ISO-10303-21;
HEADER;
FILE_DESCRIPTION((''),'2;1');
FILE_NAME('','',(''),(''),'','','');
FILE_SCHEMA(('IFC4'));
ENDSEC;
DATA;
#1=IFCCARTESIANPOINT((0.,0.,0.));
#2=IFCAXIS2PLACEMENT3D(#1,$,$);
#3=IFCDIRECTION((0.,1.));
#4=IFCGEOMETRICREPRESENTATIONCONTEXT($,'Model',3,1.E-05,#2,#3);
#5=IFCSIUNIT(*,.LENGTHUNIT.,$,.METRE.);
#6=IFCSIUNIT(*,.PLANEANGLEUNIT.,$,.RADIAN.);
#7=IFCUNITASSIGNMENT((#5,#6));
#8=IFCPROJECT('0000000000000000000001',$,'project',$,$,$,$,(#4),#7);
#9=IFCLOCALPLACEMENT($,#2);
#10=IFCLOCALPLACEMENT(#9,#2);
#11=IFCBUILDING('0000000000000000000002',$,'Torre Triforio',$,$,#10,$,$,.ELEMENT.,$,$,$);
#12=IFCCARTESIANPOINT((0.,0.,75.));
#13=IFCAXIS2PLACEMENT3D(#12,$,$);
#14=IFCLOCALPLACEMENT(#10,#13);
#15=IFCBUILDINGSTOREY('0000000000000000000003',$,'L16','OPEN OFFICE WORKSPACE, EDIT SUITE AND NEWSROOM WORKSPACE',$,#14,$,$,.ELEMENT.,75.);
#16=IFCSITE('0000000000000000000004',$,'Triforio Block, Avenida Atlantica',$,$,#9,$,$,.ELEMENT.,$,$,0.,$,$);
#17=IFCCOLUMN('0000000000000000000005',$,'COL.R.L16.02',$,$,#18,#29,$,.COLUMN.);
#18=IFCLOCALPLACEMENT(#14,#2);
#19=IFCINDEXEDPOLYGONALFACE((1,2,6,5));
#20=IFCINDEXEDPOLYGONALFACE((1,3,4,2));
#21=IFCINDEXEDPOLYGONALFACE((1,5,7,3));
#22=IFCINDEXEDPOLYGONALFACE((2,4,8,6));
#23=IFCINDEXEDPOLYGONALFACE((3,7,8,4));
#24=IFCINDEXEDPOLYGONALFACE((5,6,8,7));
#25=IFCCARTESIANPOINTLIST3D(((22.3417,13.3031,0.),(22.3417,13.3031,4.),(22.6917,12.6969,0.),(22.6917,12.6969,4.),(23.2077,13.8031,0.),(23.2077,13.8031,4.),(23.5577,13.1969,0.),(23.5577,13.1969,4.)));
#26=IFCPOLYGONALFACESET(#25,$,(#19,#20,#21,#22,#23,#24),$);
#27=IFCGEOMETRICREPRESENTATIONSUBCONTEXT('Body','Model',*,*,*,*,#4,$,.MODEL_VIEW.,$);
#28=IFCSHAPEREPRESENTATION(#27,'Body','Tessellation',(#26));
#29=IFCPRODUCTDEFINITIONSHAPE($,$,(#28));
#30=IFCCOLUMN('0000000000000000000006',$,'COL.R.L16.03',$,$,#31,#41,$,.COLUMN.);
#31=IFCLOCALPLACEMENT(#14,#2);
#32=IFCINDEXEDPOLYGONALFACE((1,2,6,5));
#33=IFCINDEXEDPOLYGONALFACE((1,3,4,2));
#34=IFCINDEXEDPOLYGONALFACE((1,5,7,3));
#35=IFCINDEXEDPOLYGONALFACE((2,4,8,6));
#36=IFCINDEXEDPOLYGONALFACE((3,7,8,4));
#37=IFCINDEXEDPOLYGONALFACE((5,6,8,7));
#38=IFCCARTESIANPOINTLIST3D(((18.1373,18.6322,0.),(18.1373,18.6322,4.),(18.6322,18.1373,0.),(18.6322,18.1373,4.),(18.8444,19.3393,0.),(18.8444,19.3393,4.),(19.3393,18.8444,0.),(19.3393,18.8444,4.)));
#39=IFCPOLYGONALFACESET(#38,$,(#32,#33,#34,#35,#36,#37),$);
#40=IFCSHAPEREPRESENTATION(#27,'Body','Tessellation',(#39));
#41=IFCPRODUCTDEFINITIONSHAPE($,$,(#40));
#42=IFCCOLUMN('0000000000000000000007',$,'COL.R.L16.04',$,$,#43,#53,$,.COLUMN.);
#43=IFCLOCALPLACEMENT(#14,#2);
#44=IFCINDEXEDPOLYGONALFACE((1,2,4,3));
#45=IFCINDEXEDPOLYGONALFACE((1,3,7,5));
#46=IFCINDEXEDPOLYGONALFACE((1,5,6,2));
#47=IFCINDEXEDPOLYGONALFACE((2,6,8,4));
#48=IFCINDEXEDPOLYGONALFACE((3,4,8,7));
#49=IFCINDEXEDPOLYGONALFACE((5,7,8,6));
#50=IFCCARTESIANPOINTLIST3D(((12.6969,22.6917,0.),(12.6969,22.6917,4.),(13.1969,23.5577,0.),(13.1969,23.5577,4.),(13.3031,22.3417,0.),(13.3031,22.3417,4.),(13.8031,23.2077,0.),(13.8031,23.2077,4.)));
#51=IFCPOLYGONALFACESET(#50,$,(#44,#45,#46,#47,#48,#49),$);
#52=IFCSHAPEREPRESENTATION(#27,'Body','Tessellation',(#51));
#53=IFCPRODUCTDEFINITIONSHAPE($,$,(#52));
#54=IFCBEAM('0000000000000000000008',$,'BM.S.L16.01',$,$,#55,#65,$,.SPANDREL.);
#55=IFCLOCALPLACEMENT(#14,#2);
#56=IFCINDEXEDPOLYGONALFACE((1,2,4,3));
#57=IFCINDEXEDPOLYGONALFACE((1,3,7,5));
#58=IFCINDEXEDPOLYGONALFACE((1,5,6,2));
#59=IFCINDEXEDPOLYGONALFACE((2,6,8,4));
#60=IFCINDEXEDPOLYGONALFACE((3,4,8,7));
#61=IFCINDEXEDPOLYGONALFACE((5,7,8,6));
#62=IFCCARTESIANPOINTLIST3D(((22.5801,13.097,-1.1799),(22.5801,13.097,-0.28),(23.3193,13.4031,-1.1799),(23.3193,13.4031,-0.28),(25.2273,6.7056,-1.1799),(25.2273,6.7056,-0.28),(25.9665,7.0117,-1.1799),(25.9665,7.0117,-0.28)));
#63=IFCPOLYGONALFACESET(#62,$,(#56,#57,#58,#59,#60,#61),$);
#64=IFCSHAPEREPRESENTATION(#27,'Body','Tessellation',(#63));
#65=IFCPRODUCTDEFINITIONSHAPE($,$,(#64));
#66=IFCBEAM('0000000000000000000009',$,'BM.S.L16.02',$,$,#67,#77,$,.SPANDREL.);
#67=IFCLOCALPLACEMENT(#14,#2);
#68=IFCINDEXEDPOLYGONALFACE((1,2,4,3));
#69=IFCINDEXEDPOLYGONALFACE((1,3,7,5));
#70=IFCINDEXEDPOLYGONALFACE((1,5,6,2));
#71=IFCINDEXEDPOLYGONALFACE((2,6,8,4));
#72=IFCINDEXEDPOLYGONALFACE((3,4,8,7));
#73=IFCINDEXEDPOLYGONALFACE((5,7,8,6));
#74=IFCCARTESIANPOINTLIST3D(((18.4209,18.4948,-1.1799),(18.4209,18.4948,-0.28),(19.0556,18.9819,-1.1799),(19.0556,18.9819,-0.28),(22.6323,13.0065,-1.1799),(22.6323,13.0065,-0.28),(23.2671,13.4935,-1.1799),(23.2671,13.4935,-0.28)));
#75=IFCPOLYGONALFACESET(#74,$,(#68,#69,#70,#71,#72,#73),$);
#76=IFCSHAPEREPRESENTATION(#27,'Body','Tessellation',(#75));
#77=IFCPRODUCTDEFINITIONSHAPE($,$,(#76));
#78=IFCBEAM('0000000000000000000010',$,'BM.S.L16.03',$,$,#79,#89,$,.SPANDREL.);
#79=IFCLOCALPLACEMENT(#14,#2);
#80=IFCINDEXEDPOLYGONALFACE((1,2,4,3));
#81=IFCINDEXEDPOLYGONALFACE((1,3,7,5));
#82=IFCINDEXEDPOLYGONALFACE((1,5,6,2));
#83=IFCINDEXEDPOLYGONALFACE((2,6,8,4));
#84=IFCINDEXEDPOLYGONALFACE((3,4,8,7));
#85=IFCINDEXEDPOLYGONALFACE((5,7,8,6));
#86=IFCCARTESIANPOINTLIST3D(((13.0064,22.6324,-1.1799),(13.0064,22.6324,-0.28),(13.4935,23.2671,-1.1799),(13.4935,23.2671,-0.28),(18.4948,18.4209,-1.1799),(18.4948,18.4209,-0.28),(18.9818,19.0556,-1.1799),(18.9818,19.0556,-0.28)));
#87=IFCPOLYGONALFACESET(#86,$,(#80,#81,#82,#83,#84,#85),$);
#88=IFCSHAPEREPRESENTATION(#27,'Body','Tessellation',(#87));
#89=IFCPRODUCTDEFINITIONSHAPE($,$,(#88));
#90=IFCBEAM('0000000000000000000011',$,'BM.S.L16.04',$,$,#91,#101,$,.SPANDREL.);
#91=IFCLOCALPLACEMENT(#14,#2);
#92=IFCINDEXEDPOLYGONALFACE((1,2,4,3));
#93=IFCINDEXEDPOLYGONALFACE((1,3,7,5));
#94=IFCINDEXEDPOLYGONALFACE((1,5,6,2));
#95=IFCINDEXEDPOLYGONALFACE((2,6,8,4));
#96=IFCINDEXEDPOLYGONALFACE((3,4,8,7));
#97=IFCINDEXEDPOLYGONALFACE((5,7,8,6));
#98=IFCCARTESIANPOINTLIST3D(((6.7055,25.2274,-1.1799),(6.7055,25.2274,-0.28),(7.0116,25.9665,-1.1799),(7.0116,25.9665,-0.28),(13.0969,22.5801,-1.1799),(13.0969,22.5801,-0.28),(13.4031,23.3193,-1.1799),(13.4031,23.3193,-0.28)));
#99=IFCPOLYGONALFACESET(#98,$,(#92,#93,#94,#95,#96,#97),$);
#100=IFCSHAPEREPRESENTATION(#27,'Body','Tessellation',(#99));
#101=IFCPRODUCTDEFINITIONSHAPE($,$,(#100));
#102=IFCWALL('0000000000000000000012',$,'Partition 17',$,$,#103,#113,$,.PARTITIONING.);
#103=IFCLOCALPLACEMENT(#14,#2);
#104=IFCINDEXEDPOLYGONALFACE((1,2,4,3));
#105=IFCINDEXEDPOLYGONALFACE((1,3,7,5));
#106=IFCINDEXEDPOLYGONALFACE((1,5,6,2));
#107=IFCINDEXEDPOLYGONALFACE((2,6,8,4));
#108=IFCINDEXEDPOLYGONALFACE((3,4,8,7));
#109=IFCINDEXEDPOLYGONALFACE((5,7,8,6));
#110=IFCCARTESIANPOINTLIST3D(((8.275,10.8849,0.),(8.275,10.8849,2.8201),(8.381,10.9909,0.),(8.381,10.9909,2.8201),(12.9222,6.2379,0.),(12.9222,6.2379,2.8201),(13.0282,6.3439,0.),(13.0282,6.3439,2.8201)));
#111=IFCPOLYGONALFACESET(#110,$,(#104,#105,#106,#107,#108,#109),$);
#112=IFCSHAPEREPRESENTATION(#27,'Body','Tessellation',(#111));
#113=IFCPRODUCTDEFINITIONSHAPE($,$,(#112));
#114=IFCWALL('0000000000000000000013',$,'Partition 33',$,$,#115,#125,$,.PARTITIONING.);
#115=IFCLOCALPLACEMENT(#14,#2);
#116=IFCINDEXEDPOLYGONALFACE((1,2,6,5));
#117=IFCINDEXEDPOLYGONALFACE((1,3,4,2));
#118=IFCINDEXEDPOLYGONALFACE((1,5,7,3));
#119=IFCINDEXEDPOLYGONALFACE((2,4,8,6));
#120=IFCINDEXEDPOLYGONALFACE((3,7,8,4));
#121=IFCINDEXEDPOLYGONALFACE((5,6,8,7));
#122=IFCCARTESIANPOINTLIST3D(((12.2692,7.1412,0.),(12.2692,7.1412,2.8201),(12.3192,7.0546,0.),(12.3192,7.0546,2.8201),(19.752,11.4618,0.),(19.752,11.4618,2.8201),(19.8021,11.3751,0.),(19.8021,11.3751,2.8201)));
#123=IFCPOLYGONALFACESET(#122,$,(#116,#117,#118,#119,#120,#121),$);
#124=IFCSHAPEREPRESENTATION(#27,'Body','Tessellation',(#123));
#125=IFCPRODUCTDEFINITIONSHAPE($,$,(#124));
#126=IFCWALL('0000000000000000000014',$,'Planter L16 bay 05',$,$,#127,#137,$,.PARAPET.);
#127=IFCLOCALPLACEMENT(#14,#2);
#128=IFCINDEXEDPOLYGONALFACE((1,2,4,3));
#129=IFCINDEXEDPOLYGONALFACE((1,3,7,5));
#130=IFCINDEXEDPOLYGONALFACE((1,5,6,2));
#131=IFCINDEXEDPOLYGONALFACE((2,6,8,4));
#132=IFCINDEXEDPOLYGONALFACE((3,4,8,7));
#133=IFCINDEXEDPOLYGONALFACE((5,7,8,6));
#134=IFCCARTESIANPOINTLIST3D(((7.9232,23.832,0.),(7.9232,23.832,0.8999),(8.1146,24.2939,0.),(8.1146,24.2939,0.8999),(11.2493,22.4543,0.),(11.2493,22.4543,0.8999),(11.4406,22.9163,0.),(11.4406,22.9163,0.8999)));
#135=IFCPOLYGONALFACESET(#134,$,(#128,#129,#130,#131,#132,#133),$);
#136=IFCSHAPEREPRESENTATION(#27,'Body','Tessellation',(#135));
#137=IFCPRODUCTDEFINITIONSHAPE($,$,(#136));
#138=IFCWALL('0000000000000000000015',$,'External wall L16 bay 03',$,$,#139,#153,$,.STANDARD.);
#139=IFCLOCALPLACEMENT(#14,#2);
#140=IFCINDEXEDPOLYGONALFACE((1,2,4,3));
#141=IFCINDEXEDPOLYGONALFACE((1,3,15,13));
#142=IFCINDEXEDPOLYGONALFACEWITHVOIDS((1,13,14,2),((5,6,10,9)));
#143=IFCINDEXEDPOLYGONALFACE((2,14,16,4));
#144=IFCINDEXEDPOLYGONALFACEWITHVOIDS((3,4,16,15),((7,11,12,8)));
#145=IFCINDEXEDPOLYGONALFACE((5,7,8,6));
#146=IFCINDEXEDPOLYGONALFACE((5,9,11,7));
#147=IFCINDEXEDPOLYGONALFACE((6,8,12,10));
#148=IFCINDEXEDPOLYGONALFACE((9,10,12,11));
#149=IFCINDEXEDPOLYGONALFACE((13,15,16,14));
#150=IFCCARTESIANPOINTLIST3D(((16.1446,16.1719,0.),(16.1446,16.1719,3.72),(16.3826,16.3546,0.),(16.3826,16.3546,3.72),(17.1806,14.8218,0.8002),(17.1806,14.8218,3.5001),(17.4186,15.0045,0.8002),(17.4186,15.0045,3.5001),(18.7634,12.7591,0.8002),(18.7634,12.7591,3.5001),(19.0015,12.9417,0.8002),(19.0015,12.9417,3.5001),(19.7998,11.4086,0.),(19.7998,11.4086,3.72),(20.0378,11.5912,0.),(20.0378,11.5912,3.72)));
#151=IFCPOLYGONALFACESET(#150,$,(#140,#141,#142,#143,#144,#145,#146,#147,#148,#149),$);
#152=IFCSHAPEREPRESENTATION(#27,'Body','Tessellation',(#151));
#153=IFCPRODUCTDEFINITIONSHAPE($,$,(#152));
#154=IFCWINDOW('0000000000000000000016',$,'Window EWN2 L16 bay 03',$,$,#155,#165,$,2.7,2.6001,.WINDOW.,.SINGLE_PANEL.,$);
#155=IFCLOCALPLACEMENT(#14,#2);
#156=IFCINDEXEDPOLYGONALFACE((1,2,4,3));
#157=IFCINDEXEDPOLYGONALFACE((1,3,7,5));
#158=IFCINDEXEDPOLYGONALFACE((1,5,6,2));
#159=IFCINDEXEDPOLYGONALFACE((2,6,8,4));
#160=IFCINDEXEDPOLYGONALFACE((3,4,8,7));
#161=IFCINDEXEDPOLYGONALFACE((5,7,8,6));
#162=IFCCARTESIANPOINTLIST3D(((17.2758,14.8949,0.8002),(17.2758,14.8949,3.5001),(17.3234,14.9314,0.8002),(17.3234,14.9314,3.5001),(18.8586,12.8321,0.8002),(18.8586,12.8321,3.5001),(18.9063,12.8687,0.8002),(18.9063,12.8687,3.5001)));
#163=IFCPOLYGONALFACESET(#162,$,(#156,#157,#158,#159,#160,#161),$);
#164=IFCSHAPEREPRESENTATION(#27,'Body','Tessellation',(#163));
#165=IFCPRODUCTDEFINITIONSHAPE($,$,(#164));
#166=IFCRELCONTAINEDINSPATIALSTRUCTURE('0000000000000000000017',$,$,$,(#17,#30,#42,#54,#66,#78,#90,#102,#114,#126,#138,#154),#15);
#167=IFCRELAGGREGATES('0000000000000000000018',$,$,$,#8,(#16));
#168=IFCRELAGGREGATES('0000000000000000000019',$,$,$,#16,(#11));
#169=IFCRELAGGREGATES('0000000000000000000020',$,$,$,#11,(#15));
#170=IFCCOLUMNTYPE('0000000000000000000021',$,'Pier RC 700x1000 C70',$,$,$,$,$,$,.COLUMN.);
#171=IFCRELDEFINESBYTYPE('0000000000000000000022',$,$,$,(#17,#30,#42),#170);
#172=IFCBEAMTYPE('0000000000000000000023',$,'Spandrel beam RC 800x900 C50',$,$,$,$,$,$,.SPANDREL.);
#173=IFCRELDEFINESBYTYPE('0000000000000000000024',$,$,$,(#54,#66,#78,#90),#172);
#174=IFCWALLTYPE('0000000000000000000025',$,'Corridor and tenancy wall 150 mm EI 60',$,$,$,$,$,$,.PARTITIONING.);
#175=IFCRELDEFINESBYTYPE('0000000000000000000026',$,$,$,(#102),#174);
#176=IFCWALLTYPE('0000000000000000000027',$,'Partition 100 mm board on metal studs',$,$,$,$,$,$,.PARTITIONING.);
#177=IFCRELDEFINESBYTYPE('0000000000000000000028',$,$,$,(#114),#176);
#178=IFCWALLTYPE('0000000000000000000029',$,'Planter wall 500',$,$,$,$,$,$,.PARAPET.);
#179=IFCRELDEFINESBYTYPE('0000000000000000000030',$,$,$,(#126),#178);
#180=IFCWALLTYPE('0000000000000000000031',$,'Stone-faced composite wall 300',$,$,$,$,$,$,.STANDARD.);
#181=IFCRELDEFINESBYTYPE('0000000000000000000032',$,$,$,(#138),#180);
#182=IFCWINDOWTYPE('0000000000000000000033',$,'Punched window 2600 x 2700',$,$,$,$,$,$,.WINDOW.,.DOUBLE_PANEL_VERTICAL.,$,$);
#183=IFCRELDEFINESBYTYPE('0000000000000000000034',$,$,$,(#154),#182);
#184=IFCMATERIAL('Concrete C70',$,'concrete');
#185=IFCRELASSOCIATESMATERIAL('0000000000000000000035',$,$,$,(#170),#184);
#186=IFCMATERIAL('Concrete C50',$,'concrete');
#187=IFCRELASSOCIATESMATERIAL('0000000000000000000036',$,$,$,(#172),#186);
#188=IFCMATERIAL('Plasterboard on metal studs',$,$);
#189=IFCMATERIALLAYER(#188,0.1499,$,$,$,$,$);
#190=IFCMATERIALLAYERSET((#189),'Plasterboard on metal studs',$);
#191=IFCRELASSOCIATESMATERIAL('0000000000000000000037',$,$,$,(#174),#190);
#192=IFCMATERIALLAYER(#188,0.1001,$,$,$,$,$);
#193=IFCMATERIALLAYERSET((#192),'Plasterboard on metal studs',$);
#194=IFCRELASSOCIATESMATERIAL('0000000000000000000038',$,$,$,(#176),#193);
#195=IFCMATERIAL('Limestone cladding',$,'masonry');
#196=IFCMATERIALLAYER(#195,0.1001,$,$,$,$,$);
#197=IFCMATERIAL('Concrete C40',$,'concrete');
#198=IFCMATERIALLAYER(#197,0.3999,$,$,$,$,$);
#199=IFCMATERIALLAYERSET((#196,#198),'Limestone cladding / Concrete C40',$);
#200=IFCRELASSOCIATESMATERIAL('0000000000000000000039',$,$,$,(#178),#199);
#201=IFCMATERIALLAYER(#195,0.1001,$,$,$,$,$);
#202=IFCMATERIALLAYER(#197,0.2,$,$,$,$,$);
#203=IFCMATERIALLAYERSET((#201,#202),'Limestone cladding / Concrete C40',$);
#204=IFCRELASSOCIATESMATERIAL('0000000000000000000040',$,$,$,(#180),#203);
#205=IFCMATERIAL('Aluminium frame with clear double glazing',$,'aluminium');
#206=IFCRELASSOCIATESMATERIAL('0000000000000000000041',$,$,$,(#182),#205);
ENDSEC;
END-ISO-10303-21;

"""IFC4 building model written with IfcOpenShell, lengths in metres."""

from ifc_helpers import new_model, si_unit, direction, frame, frame_2d, origin, origin_2d, place, context, subcontext, project, spatial, rectangle, extrude, material, layer, layer_set, material_profile, profile_set, type_object, element, fill, save


model = new_model("IFC4")

# Units and contexts
model_context = context("Model", 3, precision=1e-05, world=origin(), true_north=direction((0.0, 1.0)))
body_context = subcontext(model_context, "Body", "Model", "MODEL_VIEW")
ifc_project = project(units=[si_unit("LENGTHUNIT", "METRE"), si_unit("PLANEANGLEUNIT", "RADIAN")], contexts=[model_context])

# Site, building, storey
site_placement = place(None, origin())
site = spatial("IfcSite", under=ifc_project, at=site_placement, Name="Triforio Block, Avenida Atlantica", CompositionType="ELEMENT", RefElevation=0.0)
building_placement = place(site_placement, origin())
building = spatial("IfcBuilding", under=site, at=building_placement, Name="Torre Triforio", CompositionType="ELEMENT")
storey_placement = place(building_placement, frame((0.0, 0.0, 75.0)))
storey = spatial("IfcBuildingStorey", under=building, at=storey_placement, Name="L16", Description="OPEN OFFICE WORKSPACE, EDIT SUITE AND NEWSROOM WORKSPACE", CompositionType="ELEMENT", Elevation=75.0)

# Columns
ifc_material_1 = material(Name="Concrete C70", Category="concrete")
ifc_material_profile_1 = material_profile(ifc_material_1, rectangle(XDim=0.7, YDim=1.0, at=origin_2d()), Name="RC 700x1000")
ifc_profile_set_1 = profile_set([ifc_material_profile_1], Name="Concrete C70")
column_type = type_object("IfcColumnType", Name="Pier RC 700x1000 C70", PredefinedType="COLUMN", material=ifc_profile_set_1)
for number, where, z_axis, x_axis, name in (
    (1, (22.9497, 13.25, 0.0), (0.0, 0.0, 1.0), (-0.5, 0.866025, 0.0), "COL.R.L16.02"),
    (2, (18.7383, 18.7383, 0.0), (0.0, 0.0, 1.0), (-0.707107, 0.707107, 0.0), "COL.R.L16.03"),
    (3, (13.25, 22.9497, 0.0), (0.0, 0.0, 1.0), (-0.866025, 0.5, 0.0), "COL.R.L16.04"),
):
    element("IfcColumn", number, at=place(storey_placement, frame(where, z_axis=z_axis, x_axis=x_axis)), inside=storey, type_object=column_type, Name=name, PredefinedType="COLUMN", context=body_context, shape_type="SweptSolid", body=[
        extrude(rectangle(XDim=0.7, YDim=1.0, at=origin_2d()), origin(), (0.0, 0.0, 1.0), 4.0),
    ])

# Beams
ifc_material_2 = material(Name="Concrete C50", Category="concrete")
ifc_material_profile_2 = material_profile(ifc_material_2, rectangle(XDim=0.8, YDim=0.8999, at=origin_2d()), Name="RC 800x900")
ifc_profile_set_2 = profile_set([ifc_material_profile_2], Name="Concrete C50")
beam_type = type_object("IfcBeamType", Name="Spandrel beam RC 800x900 C50", PredefinedType="SPANDREL", material=ifc_profile_set_2)
for number, where, z_axis, x_axis, name in (
    (4, (25.5969, 6.8586, -0.73), (-0.382662, 0.923888, 0.0), (-0.923888, -0.382662, 0.0), "BM.S.L16.01"),
    (5, (22.9497, 13.25, -0.73), (-0.608772, 0.793345, 0.0), (-0.793345, -0.608772, 0.0), "BM.S.L16.02"),
    (6, (18.7383, 18.7383, -0.73), (-0.793345, 0.608772, 0.0), (-0.608772, -0.793345, 0.0), "BM.S.L16.03"),
    (7, (13.25, 22.9497, -0.73), (-0.923888, 0.382662, 0.0), (-0.382662, -0.923888, 0.0), "BM.S.L16.04"),
):
    element("IfcBeam", number, at=place(storey_placement, frame(where, z_axis=z_axis, x_axis=x_axis)), inside=storey, type_object=beam_type, Name=name, PredefinedType="SPANDREL", context=body_context, shape_type="SweptSolid", body=[
        extrude(rectangle(XDim=0.8, YDim=0.8999, at=origin_2d()), origin(), (0.0, 0.0, 1.0), 6.918),
    ])

# Walls
ifc_material_3 = material(Name="Plasterboard on metal studs")
ifc_layer_1 = layer(ifc_material_3, 0.1499)
ifc_layer_set_1 = layer_set([ifc_layer_1], Name="Plasterboard on metal studs")
wall_type_1 = type_object("IfcWallType", Name="Corridor and tenancy wall 150 mm EI 60", PredefinedType="PARTITIONING", material=ifc_layer_set_1)
wall_1_placement = place(storey_placement, frame((8.3279, 10.938, 0.0), z_axis=(0.0, 0.0, 1.0), x_axis=(0.707125, -0.707088, 0.0)))
element("IfcWall", 8, at=wall_1_placement, inside=storey, type_object=wall_type_1, Name="Partition 17", PredefinedType="PARTITIONING", context=body_context, shape_type="SweptSolid", body=[
    extrude(rectangle(XDim=6.572, YDim=0.1499, at=frame_2d((3.2861, 0.0))), origin(), (0.0, 0.0, 1.0), 2.8201),
])
ifc_layer_2 = layer(ifc_material_3, 0.1001)
ifc_layer_set_2 = layer_set([ifc_layer_2], Name="Plasterboard on metal studs")
wall_type_2 = type_object("IfcWallType", Name="Partition 100 mm board on metal studs", PredefinedType="PARTITIONING", material=ifc_layer_set_2)
wall_2_placement = place(storey_placement, frame((12.2942, 7.0979, 0.0), z_axis=(0.0, 0.0, 1.0), x_axis=(0.866011, 0.500026, 0.0)))
element("IfcWall", 9, at=wall_2_placement, inside=storey, type_object=wall_type_2, Name="Partition 33", PredefinedType="PARTITIONING", context=body_context, shape_type="SweptSolid", body=[
    extrude(rectangle(XDim=8.6406, YDim=0.1001, at=frame_2d((4.3203, 0.0))), origin(), (0.0, 0.0, 1.0), 2.8201),
])
ifc_material_4 = material(Name="Limestone cladding", Category="masonry")
ifc_layer_3 = layer(ifc_material_4, 0.1001)
ifc_material_5 = material(Name="Concrete C40", Category="concrete")
ifc_layer_4 = layer(ifc_material_5, 0.3999)
ifc_layer_set_3 = layer_set([ifc_layer_3, ifc_layer_4], Name="Limestone cladding / Concrete C40")
wall_type_3 = type_object("IfcWallType", Name="Planter wall 500", PredefinedType="PARAPET", material=ifc_layer_set_3)
wall_3_placement = place(storey_placement, frame((11.345, 22.6853, 0.0), z_axis=(0.0, 0.0, 1.0), x_axis=(-0.923885, 0.382669, 0.0)))
element("IfcWall", 10, at=wall_3_placement, inside=storey, type_object=wall_type_3, Name="Planter L16 bay 05", PredefinedType="PARAPET", context=body_context, shape_type="SweptSolid", body=[
    extrude(rectangle(XDim=3.6001, YDim=0.5, at=frame_2d((1.8, 0.0))), origin(), (0.0, 0.0, 1.0), 0.8999),
])

# Wall, opening, window
ifc_layer_5 = layer(ifc_material_4, 0.1001)
ifc_layer_6 = layer(ifc_material_5, 0.2)
ifc_layer_set_4 = layer_set([ifc_layer_5, ifc_layer_6], Name="Limestone cladding / Concrete C40")
wall_type_4 = type_object("IfcWallType", Name="Stone-faced composite wall 300", PredefinedType="STANDARD", material=ifc_layer_set_4)
wall_4_placement = place(storey_placement, frame((19.9187, 11.5, 0.0), z_axis=(0.0, 0.0, 1.0), x_axis=(-0.608779, 0.79334, 0.0)))
wall_4 = element("IfcWall", 11, at=wall_4_placement, inside=storey, type_object=wall_type_4, Name="External wall L16 bay 03", PredefinedType="STANDARD", context=body_context, shape_type="SweptSolid", body=[
    extrude(rectangle(XDim=6.0042, YDim=0.3, at=frame_2d((3.002, 0.0))), origin(), (0.0, 0.0, 1.0), 3.72),
])
opening_1_placement = place(wall_4_placement, frame((1.7021, 0.0, 0.8)))
opening_1 = element("IfcOpeningElement", 12, at=opening_1_placement, cuts=wall_4, PredefinedType="OPENING", context=body_context, shape_type="SweptSolid", body=[
    extrude(rectangle(XDim=2.6001, YDim=2.7, at=frame_2d((1.3, 1.3501))), frame((0.0, 0.1599, 0.0), z_axis=(0.0, -1.0, 0.0), x_axis=(1.0, 0.0, 0.0)), (0.0, 0.0, 1.0), 0.3201),
])
ifc_material_6 = material(Name="Aluminium frame with clear double glazing", Category="aluminium")
window_type_1 = type_object("IfcWindowType", Name="Punched window 2600 x 2700", PartitioningType="DOUBLE_PANEL_VERTICAL", PredefinedType="WINDOW", material=ifc_material_6)
window_1_placement = place(opening_1_placement, origin())
window_1 = element("IfcWindow", 13, at=window_1_placement, inside=storey, type_object=window_type_1, Name="Window EWN2 L16 bay 03", OverallHeight=2.7, OverallWidth=2.6001, PartitioningType="SINGLE_PANEL", PredefinedType="WINDOW", context=body_context, shape_type="SweptSolid", body=[
    extrude(rectangle(XDim=2.6001, YDim=2.7, at=frame_2d((1.3, 1.3501))), frame((0.0, 0.03, 0.0), z_axis=(0.0, -1.0, 0.0), x_axis=(1.0, 0.0, 0.0)), (0.0, 0.0, 1.0), 0.0601),
])
fill(opening_1, window_1)

save(model, "model.ifc")
